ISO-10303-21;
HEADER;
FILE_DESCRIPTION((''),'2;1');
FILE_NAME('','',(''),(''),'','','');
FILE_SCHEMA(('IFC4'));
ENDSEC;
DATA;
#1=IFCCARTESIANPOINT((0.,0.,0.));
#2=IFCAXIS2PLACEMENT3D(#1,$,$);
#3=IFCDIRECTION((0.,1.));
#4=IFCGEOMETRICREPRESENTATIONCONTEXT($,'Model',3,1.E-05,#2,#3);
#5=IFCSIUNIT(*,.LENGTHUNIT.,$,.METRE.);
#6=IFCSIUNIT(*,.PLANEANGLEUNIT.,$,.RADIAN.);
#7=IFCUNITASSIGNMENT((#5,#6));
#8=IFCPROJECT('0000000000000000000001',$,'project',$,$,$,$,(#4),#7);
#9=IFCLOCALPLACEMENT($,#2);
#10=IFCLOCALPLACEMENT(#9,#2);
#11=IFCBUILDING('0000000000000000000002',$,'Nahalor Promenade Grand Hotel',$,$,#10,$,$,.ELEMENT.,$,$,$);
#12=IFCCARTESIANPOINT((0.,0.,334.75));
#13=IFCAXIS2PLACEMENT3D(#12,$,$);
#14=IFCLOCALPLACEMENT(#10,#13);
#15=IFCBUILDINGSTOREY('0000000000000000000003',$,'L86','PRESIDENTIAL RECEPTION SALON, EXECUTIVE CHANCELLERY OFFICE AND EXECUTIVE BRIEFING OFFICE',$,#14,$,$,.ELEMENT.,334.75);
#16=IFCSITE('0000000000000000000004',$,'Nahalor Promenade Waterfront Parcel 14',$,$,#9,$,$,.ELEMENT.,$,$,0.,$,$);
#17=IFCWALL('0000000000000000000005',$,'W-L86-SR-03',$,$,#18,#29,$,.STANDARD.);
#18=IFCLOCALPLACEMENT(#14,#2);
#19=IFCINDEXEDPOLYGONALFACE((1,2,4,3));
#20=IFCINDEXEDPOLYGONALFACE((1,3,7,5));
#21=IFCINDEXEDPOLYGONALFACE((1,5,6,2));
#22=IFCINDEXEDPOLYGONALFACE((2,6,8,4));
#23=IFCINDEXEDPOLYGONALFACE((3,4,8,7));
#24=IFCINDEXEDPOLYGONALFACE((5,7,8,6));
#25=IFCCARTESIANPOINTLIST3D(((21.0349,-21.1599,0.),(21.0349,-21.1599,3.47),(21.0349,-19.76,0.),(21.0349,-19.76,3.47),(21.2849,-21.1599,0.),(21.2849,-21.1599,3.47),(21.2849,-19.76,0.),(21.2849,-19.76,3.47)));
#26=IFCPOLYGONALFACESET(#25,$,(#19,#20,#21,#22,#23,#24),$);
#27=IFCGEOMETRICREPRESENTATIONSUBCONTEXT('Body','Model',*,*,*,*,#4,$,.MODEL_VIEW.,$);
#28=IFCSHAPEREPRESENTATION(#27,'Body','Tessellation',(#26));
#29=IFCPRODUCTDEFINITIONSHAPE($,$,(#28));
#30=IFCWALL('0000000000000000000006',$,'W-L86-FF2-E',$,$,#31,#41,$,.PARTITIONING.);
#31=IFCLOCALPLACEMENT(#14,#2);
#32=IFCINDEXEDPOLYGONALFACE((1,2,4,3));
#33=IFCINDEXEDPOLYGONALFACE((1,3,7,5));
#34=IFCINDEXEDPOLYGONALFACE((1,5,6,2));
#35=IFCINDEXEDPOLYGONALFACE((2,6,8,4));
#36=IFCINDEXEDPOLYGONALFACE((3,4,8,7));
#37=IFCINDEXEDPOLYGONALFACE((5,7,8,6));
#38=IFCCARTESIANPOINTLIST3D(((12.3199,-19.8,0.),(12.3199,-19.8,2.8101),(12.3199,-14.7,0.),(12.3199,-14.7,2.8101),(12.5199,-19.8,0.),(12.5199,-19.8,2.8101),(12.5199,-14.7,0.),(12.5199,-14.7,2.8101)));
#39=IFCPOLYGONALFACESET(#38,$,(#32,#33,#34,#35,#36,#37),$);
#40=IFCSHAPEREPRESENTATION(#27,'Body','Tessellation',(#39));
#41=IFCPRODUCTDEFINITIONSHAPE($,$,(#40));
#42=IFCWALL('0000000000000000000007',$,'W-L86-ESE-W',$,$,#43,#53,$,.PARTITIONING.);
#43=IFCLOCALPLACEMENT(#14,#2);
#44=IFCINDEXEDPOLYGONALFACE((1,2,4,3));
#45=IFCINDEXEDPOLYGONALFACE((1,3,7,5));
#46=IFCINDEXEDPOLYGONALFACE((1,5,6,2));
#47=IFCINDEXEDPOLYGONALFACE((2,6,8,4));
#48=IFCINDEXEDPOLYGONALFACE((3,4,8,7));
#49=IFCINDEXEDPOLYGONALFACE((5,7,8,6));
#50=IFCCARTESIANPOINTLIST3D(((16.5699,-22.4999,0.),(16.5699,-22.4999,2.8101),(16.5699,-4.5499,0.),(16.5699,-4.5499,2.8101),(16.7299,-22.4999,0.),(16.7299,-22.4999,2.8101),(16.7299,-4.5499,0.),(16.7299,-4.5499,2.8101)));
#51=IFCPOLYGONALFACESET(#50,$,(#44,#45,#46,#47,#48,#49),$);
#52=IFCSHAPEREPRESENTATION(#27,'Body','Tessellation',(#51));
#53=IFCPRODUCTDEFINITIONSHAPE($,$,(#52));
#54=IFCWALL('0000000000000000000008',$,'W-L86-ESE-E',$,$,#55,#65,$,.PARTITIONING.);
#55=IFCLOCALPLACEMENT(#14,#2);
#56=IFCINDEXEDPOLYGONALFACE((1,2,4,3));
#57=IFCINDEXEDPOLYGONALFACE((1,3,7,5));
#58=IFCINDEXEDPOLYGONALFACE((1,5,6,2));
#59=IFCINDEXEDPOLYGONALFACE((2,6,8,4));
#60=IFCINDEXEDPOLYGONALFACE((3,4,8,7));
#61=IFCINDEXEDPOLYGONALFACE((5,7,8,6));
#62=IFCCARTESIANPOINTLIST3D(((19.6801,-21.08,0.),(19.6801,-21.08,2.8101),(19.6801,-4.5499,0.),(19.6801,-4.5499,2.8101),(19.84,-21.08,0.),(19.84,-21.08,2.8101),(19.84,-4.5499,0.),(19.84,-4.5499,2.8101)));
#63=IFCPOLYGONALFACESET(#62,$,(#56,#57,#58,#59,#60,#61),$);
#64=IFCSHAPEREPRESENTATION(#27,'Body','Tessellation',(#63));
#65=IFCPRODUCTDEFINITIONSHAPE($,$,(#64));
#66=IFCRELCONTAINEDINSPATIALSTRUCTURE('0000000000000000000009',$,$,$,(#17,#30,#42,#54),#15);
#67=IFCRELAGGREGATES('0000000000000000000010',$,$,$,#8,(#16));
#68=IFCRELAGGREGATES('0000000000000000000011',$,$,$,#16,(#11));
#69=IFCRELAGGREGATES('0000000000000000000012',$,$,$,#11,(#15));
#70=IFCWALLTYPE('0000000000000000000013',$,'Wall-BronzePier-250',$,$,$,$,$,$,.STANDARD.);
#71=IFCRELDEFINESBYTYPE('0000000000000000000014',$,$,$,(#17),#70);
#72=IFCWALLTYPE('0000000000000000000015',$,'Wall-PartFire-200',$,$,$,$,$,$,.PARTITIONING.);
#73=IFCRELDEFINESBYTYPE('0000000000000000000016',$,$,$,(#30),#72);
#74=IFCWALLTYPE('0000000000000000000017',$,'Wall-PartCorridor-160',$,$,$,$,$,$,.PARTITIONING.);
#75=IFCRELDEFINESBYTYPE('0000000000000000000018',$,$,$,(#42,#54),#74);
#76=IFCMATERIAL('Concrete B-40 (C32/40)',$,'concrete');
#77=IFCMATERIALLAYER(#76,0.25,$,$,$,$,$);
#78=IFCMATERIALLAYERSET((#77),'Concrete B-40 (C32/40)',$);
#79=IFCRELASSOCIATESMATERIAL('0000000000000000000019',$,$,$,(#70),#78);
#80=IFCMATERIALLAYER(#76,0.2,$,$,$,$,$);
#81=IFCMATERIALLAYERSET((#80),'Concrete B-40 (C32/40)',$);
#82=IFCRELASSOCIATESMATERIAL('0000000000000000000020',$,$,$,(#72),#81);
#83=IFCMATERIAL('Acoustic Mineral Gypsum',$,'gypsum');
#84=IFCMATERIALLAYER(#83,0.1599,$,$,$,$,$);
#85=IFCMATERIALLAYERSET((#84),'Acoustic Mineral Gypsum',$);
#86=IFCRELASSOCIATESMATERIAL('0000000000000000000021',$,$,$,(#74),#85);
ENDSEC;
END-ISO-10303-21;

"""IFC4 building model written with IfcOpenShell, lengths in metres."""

from ifc_helpers import new_model, si_unit, direction, frame, frame_2d, origin, place, context, subcontext, project, spatial, rectangle, extrude, source, transform, mapped, material, layer, layer_set, type_object, element, save


model = new_model("IFC4")

# Units and contexts
model_context = context("Model", 3, precision=1e-05, world=origin(), true_north=direction((0.0, 1.0)))
body_context = subcontext(model_context, "Body", "Model", "MODEL_VIEW")
ifc_project = project(units=[si_unit("LENGTHUNIT", "METRE"), si_unit("PLANEANGLEUNIT", "RADIAN")], contexts=[model_context])

# Site, building, storey
site_placement = place(None, origin())
site = spatial("IfcSite", under=ifc_project, at=site_placement, Name="Nahalor Promenade Waterfront Parcel 14", CompositionType="ELEMENT", RefElevation=0.0)
building_placement = place(site_placement, origin())
building = spatial("IfcBuilding", under=site, at=building_placement, Name="Nahalor Promenade Grand Hotel", CompositionType="ELEMENT")
storey_placement = place(building_placement, frame((0.0, 0.0, 334.75)))
storey = spatial("IfcBuildingStorey", under=building, at=storey_placement, Name="L86", Description="PRESIDENTIAL RECEPTION SALON, EXECUTIVE CHANCELLERY OFFICE AND EXECUTIVE BRIEFING OFFICE", CompositionType="ELEMENT", Elevation=334.75)

# Walls
ifc_material_1 = material(Name="Concrete B-40 (C32/40)", Category="concrete")
ifc_layer_1 = layer(ifc_material_1, 0.25)
ifc_layer_set_1 = layer_set([ifc_layer_1], Name="Concrete B-40 (C32/40)")
wall_type_1 = type_object("IfcWallType", Name="Wall-BronzePier-250", PredefinedType="STANDARD", material=ifc_layer_set_1)
shared_shape_1 = source(origin(), body_context, "Body", "SweptSolid", [
    extrude(rectangle(XDim=1.3999, YDim=0.25, at=frame_2d((0.7, 0.0))), origin(), (0.0, 0.0, 1.0), 3.47),
])
for number, where, z_axis, x_axis, name in (
    (1, (21.1599, -21.1599, 0.0), (0.0, 0.0, 1.0), (0.0, 1.0, 0.0), "W-L86-SR-03"),
):
    element("IfcWall", number, at=place(storey_placement, frame(where, z_axis=z_axis, x_axis=x_axis)), inside=storey, type_object=wall_type_1, Name=name, PredefinedType="STANDARD", context=body_context, shape_type="MappedRepresentation", body=[
        mapped(shared_shape_1, transform((0.0, 0.0, 0.0), scale=1.0)),
    ])
ifc_layer_2 = layer(ifc_material_1, 0.2)
ifc_layer_set_2 = layer_set([ifc_layer_2], Name="Concrete B-40 (C32/40)")
wall_type_2 = type_object("IfcWallType", Name="Wall-PartFire-200", PredefinedType="PARTITIONING", material=ifc_layer_set_2)
shared_shape_2 = source(origin(), body_context, "Body", "SweptSolid", [
    extrude(rectangle(XDim=5.1001, YDim=0.2, at=frame_2d((2.55, 0.0))), origin(), (0.0, 0.0, 1.0), 2.8101),
])
wall_1_placement = place(storey_placement, frame((12.4199, -19.8, 0.0), z_axis=(0.0, 0.0, 1.0), x_axis=(0.0, 1.0, 0.0)))
element("IfcWall", 2, at=wall_1_placement, inside=storey, type_object=wall_type_2, Name="W-L86-FF2-E", PredefinedType="PARTITIONING", context=body_context, shape_type="MappedRepresentation", body=[
    mapped(shared_shape_2, transform((0.0, 0.0, 0.0), scale=1.0)),
])
ifc_material_2 = material(Name="Acoustic Mineral Gypsum", Category="gypsum")
ifc_layer_3 = layer(ifc_material_2, 0.1599)
ifc_layer_set_3 = layer_set([ifc_layer_3], Name="Acoustic Mineral Gypsum")
wall_type_3 = type_object("IfcWallType", Name="Wall-PartCorridor-160", PredefinedType="PARTITIONING", material=ifc_layer_set_3)
shared_shape_3 = source(origin(), body_context, "Body", "SweptSolid", [
    extrude(rectangle(XDim=17.95, YDim=0.1599, at=frame_2d((8.9751, 0.0))), origin(), (0.0, 0.0, 1.0), 2.8101),
])
wall_2_placement = place(storey_placement, frame((16.6499, -22.5, 0.0), z_axis=(0.0, 0.0, 1.0), x_axis=(0.0, 1.0, 0.0)))
element("IfcWall", 3, at=wall_2_placement, inside=storey, type_object=wall_type_3, Name="W-L86-ESE-W", PredefinedType="PARTITIONING", context=body_context, shape_type="MappedRepresentation", body=[
    mapped(shared_shape_3, transform((0.0, 0.0, 0.0), scale=1.0)),
])
shared_shape_4 = source(origin(), body_context, "Body", "SweptSolid", [
    extrude(rectangle(XDim=16.53, YDim=0.1599, at=frame_2d((8.2651, 0.0))), origin(), (0.0, 0.0, 1.0), 2.8101),
])
wall_3_placement = place(storey_placement, frame((19.76, -21.0801, 0.0), z_axis=(0.0, 0.0, 1.0), x_axis=(0.0, 1.0, 0.0)))
element("IfcWall", 4, at=wall_3_placement, inside=storey, type_object=wall_type_3, Name="W-L86-ESE-E", PredefinedType="PARTITIONING", context=body_context, shape_type="MappedRepresentation", body=[
    mapped(shared_shape_4, transform((0.0, 0.0, 0.0), scale=1.0)),
])

save(model, "model.ifc")
